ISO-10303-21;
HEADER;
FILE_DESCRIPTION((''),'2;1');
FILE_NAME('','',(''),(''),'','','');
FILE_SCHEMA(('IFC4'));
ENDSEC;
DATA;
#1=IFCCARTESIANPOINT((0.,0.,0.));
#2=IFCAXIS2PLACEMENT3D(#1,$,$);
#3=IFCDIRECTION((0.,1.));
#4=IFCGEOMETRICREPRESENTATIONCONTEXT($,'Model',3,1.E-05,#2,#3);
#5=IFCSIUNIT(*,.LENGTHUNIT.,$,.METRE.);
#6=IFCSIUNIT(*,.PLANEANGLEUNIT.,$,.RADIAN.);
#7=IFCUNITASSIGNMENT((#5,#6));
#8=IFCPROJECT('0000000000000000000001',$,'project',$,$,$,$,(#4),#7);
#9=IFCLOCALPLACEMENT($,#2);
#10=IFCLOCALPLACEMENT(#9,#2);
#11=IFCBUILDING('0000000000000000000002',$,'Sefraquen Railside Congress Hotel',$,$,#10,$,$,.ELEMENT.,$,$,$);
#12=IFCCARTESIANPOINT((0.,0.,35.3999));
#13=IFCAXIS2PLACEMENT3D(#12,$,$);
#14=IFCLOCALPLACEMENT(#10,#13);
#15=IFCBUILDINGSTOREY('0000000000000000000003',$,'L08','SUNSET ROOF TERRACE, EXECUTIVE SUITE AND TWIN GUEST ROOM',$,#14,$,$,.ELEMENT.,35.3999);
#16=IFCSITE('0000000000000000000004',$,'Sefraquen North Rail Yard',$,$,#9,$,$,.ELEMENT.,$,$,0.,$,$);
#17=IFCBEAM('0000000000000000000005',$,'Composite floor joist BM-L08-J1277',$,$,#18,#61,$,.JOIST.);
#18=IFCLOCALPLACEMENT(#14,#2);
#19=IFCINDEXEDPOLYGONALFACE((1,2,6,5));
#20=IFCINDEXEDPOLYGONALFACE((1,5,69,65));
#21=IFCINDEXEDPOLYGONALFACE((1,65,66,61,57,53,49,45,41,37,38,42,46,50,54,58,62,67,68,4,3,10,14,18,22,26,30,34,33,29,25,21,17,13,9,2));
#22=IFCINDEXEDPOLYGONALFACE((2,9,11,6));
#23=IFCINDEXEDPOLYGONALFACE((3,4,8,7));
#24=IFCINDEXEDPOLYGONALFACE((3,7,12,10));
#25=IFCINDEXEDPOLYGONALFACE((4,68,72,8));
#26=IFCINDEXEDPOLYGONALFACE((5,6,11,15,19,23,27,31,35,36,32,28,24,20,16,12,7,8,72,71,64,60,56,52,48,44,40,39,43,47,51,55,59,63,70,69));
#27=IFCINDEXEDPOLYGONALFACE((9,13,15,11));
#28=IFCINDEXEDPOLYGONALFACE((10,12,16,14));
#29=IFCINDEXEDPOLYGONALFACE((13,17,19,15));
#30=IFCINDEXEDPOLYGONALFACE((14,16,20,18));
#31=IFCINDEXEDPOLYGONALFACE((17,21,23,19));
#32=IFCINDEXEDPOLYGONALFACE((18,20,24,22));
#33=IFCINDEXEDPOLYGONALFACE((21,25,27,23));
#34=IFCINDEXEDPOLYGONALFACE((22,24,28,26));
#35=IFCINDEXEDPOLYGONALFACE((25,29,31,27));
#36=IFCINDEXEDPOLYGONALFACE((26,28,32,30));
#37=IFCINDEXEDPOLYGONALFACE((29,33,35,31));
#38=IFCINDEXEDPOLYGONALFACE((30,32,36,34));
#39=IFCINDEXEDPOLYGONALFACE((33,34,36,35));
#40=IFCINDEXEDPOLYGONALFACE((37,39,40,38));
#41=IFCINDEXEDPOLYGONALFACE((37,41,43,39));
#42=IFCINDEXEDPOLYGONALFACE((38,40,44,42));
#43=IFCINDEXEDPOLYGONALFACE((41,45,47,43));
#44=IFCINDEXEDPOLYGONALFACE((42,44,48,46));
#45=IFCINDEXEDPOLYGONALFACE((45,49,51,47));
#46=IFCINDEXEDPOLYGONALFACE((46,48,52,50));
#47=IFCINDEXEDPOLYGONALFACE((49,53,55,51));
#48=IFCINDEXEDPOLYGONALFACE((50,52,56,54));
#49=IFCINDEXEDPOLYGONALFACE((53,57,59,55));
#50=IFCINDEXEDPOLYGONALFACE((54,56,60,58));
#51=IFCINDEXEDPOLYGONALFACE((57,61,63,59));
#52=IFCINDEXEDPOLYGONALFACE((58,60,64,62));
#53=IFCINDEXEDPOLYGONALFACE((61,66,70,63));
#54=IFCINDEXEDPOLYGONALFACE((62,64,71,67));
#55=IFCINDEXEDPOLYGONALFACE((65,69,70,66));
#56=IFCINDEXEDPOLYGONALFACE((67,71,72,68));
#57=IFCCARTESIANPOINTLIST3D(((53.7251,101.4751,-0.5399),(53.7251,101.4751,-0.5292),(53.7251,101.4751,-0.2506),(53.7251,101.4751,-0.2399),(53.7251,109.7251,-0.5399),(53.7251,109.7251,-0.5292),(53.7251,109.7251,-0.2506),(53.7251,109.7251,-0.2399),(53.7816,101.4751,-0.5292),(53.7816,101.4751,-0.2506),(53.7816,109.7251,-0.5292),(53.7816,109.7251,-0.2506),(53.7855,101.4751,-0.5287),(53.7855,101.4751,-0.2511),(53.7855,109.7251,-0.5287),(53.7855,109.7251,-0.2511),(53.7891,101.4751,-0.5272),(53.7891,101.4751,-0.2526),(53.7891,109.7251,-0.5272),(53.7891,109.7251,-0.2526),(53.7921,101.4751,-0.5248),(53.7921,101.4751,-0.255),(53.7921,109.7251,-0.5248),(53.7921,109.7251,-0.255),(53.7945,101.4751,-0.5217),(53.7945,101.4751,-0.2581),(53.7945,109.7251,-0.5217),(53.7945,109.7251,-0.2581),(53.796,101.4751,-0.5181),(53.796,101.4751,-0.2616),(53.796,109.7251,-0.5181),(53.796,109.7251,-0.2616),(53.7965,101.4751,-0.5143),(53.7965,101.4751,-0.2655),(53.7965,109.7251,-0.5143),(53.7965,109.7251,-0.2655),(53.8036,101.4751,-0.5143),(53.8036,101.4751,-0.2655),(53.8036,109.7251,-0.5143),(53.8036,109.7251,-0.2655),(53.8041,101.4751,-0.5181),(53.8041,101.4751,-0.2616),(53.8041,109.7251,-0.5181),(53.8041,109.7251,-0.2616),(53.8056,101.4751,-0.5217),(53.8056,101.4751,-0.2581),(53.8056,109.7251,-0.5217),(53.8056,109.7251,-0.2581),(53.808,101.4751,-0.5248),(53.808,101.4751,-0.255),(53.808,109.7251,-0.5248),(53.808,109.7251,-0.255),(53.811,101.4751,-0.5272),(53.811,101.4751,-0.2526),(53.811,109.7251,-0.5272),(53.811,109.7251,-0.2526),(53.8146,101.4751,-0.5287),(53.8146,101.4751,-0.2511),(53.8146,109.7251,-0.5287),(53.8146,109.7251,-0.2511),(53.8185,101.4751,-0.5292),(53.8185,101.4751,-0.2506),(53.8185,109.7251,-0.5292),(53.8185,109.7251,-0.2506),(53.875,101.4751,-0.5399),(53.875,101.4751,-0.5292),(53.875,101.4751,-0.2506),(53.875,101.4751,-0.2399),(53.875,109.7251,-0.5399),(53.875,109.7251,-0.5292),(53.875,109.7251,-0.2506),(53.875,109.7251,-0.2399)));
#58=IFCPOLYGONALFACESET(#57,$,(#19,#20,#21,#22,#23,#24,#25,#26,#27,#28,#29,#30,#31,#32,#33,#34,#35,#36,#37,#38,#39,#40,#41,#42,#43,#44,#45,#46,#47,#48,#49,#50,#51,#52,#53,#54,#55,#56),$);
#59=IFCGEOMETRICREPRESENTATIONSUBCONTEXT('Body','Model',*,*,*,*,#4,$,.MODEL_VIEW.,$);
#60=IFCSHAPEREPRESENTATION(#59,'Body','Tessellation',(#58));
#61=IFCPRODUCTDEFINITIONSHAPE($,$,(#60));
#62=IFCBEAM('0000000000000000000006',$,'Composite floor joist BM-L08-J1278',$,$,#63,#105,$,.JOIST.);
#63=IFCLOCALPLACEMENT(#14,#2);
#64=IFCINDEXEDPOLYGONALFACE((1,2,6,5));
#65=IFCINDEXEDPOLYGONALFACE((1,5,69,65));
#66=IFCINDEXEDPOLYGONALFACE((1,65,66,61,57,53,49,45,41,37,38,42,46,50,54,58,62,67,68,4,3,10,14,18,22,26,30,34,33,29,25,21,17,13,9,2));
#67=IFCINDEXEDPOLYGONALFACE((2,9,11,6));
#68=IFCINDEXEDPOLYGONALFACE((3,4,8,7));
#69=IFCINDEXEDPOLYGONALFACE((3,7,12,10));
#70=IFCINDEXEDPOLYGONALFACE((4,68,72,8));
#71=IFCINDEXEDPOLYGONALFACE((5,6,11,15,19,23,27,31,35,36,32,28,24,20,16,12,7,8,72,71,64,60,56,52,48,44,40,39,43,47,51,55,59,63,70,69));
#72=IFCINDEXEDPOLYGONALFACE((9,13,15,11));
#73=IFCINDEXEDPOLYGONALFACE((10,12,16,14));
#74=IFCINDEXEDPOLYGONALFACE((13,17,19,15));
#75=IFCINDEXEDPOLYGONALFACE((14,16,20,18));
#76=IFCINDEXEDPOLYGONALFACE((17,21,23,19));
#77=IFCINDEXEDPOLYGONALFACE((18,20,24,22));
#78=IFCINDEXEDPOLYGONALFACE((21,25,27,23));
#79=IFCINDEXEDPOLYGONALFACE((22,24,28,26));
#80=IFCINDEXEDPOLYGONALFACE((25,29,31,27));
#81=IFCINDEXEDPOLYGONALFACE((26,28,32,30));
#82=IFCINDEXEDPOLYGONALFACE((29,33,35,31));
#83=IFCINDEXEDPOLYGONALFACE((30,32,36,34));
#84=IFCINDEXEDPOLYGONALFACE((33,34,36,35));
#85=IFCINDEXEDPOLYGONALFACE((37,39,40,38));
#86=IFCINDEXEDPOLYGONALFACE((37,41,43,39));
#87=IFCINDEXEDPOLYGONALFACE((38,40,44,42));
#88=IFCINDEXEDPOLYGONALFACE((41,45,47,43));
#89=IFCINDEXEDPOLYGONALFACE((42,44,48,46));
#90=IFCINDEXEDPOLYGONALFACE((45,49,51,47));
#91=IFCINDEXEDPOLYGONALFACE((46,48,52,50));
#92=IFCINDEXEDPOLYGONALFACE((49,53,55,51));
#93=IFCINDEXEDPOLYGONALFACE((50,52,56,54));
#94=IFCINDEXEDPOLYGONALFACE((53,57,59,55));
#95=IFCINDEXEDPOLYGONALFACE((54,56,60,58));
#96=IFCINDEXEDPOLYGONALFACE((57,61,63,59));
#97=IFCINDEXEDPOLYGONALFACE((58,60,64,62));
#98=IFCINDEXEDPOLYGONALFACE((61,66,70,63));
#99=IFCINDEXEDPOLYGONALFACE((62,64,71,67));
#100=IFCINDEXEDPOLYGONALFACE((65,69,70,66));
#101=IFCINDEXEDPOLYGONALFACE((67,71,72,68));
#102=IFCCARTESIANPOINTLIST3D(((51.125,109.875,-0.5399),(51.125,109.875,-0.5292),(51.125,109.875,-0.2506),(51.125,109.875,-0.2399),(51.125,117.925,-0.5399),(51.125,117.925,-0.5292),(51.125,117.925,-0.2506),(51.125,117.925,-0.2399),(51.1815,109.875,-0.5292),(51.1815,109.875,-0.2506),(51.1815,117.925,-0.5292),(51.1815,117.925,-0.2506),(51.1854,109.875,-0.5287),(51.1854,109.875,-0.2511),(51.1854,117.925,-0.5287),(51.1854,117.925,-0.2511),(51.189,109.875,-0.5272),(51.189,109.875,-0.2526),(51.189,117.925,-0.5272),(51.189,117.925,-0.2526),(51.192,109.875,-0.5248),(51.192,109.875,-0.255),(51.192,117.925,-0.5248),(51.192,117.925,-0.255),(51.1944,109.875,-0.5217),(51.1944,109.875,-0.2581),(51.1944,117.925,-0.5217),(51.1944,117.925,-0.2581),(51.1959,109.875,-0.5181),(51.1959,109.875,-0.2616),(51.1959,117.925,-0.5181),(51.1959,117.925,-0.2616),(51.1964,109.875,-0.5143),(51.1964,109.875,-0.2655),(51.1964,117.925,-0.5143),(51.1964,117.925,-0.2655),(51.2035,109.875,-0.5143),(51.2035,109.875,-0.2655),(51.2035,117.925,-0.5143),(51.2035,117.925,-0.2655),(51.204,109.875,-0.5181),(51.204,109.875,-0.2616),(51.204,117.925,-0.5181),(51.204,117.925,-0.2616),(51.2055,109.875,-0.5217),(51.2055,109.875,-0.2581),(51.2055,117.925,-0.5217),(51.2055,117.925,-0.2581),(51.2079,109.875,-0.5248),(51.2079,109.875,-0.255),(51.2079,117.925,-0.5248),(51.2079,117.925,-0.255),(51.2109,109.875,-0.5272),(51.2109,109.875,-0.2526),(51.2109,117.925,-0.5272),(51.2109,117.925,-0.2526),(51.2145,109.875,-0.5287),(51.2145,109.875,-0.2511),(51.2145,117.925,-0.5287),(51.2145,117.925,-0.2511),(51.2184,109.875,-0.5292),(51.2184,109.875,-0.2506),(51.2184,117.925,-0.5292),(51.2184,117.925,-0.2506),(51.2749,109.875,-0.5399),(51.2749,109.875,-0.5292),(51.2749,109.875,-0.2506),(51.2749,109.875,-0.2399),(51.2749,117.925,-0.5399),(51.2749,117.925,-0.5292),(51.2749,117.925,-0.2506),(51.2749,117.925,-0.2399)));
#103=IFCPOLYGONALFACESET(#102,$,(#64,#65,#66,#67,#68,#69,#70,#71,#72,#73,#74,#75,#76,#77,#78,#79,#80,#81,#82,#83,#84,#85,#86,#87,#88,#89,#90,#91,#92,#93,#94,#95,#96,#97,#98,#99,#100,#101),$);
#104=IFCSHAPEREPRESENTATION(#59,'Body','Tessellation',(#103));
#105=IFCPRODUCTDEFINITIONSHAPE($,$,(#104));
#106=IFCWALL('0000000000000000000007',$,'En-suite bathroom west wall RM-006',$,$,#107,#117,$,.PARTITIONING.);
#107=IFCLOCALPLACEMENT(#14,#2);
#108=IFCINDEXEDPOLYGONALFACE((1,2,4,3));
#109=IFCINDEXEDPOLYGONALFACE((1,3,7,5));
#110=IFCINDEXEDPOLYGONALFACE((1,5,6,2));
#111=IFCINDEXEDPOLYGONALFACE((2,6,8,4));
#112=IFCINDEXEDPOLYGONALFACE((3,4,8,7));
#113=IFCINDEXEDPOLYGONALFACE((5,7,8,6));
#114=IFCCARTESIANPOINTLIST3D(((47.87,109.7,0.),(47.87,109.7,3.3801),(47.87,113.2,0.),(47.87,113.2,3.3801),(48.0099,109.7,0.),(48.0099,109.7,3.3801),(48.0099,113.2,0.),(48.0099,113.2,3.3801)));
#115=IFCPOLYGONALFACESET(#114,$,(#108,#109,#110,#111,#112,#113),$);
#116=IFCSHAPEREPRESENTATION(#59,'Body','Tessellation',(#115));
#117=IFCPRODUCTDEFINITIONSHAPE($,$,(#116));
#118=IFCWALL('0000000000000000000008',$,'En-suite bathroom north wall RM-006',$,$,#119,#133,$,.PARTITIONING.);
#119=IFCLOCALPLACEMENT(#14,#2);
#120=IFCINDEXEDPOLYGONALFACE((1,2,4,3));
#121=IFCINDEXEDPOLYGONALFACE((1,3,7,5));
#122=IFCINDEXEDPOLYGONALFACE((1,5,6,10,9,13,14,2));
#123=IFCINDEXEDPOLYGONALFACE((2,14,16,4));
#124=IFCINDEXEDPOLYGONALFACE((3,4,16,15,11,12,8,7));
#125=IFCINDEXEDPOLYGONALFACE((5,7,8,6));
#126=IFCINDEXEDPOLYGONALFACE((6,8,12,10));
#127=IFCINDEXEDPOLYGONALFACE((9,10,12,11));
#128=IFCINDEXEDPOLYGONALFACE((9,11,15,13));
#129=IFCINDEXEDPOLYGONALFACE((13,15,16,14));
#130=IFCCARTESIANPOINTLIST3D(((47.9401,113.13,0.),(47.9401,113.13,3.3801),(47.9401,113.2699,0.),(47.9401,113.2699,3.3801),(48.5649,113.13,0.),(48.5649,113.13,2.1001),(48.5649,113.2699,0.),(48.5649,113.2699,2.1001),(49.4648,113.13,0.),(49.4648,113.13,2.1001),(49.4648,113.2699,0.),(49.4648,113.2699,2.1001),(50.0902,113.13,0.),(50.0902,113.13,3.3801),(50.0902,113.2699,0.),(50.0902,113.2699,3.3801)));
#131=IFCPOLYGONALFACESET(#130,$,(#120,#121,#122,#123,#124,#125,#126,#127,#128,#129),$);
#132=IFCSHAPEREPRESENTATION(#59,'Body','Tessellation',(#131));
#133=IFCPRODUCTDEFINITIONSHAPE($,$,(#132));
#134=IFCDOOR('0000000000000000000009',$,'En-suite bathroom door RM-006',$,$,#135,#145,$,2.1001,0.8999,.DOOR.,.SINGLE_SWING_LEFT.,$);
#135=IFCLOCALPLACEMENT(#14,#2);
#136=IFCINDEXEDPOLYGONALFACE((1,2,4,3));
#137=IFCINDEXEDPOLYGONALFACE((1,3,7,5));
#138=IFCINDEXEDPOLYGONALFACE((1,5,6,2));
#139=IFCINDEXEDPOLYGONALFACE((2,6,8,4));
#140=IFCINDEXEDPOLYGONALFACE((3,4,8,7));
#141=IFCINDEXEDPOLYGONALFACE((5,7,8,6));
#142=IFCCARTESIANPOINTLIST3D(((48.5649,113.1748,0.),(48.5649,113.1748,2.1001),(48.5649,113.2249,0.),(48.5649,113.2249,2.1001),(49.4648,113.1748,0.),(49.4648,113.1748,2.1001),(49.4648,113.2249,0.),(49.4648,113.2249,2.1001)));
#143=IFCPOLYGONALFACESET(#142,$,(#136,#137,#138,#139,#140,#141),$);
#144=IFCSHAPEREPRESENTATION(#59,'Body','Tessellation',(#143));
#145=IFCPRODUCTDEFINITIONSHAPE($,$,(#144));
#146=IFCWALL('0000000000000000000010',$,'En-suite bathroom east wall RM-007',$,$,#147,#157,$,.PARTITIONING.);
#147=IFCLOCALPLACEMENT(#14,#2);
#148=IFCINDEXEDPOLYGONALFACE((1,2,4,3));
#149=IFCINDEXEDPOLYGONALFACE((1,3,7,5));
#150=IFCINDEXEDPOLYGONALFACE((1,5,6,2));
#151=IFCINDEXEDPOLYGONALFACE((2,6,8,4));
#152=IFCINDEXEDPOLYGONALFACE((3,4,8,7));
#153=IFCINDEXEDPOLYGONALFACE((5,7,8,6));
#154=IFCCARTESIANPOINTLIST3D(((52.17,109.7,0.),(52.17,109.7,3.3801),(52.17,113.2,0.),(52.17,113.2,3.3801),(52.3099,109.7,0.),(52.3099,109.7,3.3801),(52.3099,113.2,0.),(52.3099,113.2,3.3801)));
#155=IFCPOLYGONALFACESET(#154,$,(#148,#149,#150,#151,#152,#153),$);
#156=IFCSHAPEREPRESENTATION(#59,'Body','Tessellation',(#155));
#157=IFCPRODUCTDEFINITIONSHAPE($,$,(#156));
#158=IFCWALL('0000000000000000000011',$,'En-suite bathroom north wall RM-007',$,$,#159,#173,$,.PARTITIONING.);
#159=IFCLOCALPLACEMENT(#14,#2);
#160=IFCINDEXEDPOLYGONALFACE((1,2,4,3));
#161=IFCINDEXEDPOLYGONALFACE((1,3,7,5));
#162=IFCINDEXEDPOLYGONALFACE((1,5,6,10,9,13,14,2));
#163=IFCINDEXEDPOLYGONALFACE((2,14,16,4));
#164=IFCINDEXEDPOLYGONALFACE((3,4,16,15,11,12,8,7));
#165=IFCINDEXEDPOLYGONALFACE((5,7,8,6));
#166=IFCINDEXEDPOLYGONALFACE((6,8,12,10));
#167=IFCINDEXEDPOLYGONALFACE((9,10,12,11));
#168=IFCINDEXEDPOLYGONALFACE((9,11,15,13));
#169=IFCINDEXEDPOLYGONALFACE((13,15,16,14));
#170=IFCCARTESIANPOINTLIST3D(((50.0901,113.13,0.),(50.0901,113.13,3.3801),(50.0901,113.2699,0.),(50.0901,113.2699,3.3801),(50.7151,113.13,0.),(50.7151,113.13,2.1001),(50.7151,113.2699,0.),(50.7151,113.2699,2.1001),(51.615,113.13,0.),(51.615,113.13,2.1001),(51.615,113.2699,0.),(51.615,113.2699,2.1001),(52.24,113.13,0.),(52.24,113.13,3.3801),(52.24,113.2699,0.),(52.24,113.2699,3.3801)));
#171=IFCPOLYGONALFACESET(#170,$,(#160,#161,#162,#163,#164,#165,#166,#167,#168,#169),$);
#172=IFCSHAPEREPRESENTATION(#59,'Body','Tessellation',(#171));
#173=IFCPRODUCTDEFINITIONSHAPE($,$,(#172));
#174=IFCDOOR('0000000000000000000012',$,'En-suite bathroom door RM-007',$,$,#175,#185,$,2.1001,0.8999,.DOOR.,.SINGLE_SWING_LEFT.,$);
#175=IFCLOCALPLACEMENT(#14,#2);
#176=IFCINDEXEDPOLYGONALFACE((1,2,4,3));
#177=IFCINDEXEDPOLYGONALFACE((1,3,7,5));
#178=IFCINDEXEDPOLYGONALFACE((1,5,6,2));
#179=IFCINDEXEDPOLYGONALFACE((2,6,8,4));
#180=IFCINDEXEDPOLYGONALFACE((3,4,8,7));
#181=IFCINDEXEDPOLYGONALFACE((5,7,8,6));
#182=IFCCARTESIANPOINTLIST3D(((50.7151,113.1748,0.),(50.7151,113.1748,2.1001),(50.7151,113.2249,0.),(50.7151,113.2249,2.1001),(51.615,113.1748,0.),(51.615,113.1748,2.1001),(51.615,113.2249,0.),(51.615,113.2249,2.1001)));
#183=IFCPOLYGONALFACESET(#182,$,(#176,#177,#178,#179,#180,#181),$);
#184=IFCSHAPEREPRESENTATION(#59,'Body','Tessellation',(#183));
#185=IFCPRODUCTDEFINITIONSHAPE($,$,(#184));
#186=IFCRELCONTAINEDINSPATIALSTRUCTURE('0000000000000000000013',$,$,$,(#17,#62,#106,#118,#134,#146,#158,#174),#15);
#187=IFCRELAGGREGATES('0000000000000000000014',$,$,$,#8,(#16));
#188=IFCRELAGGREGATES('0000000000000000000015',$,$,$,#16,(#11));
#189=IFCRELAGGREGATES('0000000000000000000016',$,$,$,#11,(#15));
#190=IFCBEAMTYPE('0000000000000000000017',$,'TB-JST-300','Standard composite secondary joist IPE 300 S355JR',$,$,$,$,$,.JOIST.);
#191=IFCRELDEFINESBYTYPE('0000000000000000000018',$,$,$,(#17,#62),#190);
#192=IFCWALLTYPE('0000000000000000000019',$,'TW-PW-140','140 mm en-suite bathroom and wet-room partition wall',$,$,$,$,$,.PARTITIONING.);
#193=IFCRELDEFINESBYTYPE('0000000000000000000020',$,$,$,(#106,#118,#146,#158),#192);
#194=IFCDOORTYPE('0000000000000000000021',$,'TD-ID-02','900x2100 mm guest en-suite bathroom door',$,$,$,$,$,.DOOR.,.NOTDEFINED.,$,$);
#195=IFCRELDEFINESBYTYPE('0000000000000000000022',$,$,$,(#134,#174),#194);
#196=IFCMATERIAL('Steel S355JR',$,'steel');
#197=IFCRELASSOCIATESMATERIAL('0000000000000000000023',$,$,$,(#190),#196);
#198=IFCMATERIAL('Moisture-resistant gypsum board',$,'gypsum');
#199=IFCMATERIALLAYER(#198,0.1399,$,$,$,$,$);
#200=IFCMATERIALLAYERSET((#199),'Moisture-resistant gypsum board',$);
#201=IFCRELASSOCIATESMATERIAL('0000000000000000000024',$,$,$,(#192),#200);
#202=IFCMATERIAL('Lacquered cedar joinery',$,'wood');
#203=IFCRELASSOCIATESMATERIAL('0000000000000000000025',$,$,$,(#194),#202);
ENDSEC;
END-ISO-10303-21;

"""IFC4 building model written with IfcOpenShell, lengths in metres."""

from ifc_helpers import new_model, si_unit, direction, frame, frame_2d, origin, origin_2d, place, context, subcontext, project, spatial, rectangle, i_section, extrude, material, layer, layer_set, material_profile, profile_set, type_object, element, fill, save


model = new_model("IFC4")

# Units and contexts
model_context = context("Model", 3, precision=1e-05, world=origin(), true_north=direction((0.0, 1.0)))
body_context = subcontext(model_context, "Body", "Model", "MODEL_VIEW")
ifc_project = project(units=[si_unit("LENGTHUNIT", "METRE"), si_unit("PLANEANGLEUNIT", "RADIAN")], contexts=[model_context])

# Site, building, storey
site_placement = place(None, origin())
site = spatial("IfcSite", under=ifc_project, at=site_placement, Name="Sefraquen North Rail Yard", CompositionType="ELEMENT", RefElevation=0.0)
building_placement = place(site_placement, origin())
building = spatial("IfcBuilding", under=site, at=building_placement, Name="Sefraquen Railside Congress Hotel", CompositionType="ELEMENT")
storey_placement = place(building_placement, frame((0.0, 0.0, 35.3999)))
storey = spatial("IfcBuildingStorey", under=building, at=storey_placement, Name="L08", Description="SUNSET ROOF TERRACE, EXECUTIVE SUITE AND TWIN GUEST ROOM", CompositionType="ELEMENT", Elevation=35.3999)

# Shared definitions
ifc_material_1 = material(Name="Steel S355JR", Category="steel")

# Beams
ifc_material_profile_1 = material_profile(ifc_material_1, i_section(OverallWidth=0.1499, OverallDepth=0.3, WebThickness=0.0071, FlangeThickness=0.0107, FilletRadius=0.0149, at=origin_2d()), Name="IPE 300")
ifc_profile_set_1 = profile_set([ifc_material_profile_1], Name="Steel S355JR")
beam_type_1 = type_object("IfcBeamType", Name="TB-JST-300", Description="Standard composite secondary joist IPE 300 S355JR", PredefinedType="JOIST", material=ifc_profile_set_1)
for number, where, z_axis, x_axis, name in (
    (1, (53.8, 101.4751, -0.3899), (0.0, 1.0, 0.0), (-1.0, 0.0, 0.0), "Composite floor joist BM-L08-J1277"),
):
    element("IfcBeam", number, at=place(storey_placement, frame(where, z_axis=z_axis, x_axis=x_axis)), inside=storey, type_object=beam_type_1, Name=name, PredefinedType="JOIST", context=body_context, shape_type="SweptSolid", body=[
        extrude(i_section(OverallWidth=0.1499, OverallDepth=0.3, WebThickness=0.0071, FlangeThickness=0.0107, FilletRadius=0.0149, at=origin_2d()), origin(), (0.0, 0.0, 1.0), 8.25),
    ])
beam_1_placement = place(storey_placement, frame((51.2, 109.875, -0.3899), z_axis=(0.0, 1.0, 0.0), x_axis=(-1.0, 0.0, 0.0)))
element("IfcBeam", 2, at=beam_1_placement, inside=storey, type_object=beam_type_1, Name="Composite floor joist BM-L08-J1278", PredefinedType="JOIST", context=body_context, shape_type="SweptSolid", body=[
    extrude(i_section(OverallWidth=0.1499, OverallDepth=0.3, WebThickness=0.0071, FlangeThickness=0.0107, FilletRadius=0.0149, at=origin_2d()), origin(), (0.0, 0.0, 1.0), 8.05),
])

# Wall
ifc_material_2 = material(Name="Moisture-resistant gypsum board", Category="gypsum")
ifc_layer_1 = layer(ifc_material_2, 0.1399)
ifc_layer_set_1 = layer_set([ifc_layer_1], Name="Moisture-resistant gypsum board")
wall_type_1 = type_object("IfcWallType", Name="TW-PW-140", Description="140 mm en-suite bathroom and wet-room partition wall", PredefinedType="PARTITIONING", material=ifc_layer_set_1)
wall_1_placement = place(storey_placement, frame((47.9399, 109.7, 0.0), z_axis=(0.0, 0.0, 1.0), x_axis=(0.0, 1.0, 0.0)))
element("IfcWall", 3, at=wall_1_placement, inside=storey, type_object=wall_type_1, Name="En-suite bathroom west wall RM-006", PredefinedType="PARTITIONING", context=body_context, shape_type="SweptSolid", body=[
    extrude(rectangle(XDim=3.5, YDim=0.1399, at=frame_2d((1.75, 0.0))), origin(), (0.0, 0.0, 1.0), 3.3801),
])

# Wall, opening, door
wall_2_placement = place(storey_placement, frame((47.9399, 113.2, 0.0), z_axis=(0.0, 0.0, 1.0), x_axis=(1.0, 0.0, 0.0)))
wall_2 = element("IfcWall", 4, at=wall_2_placement, inside=storey, type_object=wall_type_1, Name="En-suite bathroom north wall RM-006", PredefinedType="PARTITIONING", context=body_context, shape_type="SweptSolid", body=[
    extrude(rectangle(XDim=2.1501, YDim=0.1399, at=frame_2d((1.0752, 0.0))), origin(), (0.0, 0.0, 1.0), 3.3801),
])
opening_1_placement = place(wall_2_placement, frame((0.625, 0.0, 0.0)))
opening_1 = element("IfcOpeningElement", 5, at=opening_1_placement, cuts=wall_2, PredefinedType="OPENING", context=body_context, shape_type="SweptSolid", body=[
    extrude(rectangle(XDim=0.8999, YDim=2.1001, at=frame_2d((0.45, 1.05))), frame((0.0, 0.0798, 0.0), z_axis=(0.0, -1.0, 0.0), x_axis=(1.0, 0.0, 0.0)), (0.0, 0.0, 1.0), 0.1599),
])
ifc_material_3 = material(Name="Lacquered cedar joinery", Category="wood")
door_type = type_object("IfcDoorType", Name="TD-ID-02", Description="900x2100 mm guest en-suite bathroom door", OperationType="NOTDEFINED", PredefinedType="DOOR", material=ifc_material_3)
door_1_placement = place(opening_1_placement, origin())
door_1 = element("IfcDoor", 6, at=door_1_placement, inside=storey, type_object=door_type, Name="En-suite bathroom door RM-006", OperationType="SINGLE_SWING_LEFT", OverallHeight=2.1001, OverallWidth=0.8999, PredefinedType="DOOR", context=body_context, shape_type="SweptSolid", body=[
    extrude(rectangle(XDim=0.8999, YDim=2.1001, at=frame_2d((0.45, 1.05))), frame((0.0, 0.0249, 0.0), z_axis=(0.0, -1.0, 0.0), x_axis=(1.0, 0.0, 0.0)), (0.0, 0.0, 1.0), 0.05),
])
fill(opening_1, door_1)

# Wall
wall_3_placement = place(storey_placement, frame((52.24, 109.7, 0.0), z_axis=(0.0, 0.0, 1.0), x_axis=(0.0, 1.0, 0.0)))
element("IfcWall", 7, at=wall_3_placement, inside=storey, type_object=wall_type_1, Name="En-suite bathroom east wall RM-007", PredefinedType="PARTITIONING", context=body_context, shape_type="SweptSolid", body=[
    extrude(rectangle(XDim=3.5, YDim=0.1399, at=frame_2d((1.75, 0.0))), origin(), (0.0, 0.0, 1.0), 3.3801),
])

# Wall, opening, door
wall_4_placement = place(storey_placement, frame((50.0901, 113.2, 0.0), z_axis=(0.0, 0.0, 1.0), x_axis=(1.0, 0.0, 0.0)))
wall_4 = element("IfcWall", 8, at=wall_4_placement, inside=storey, type_object=wall_type_1, Name="En-suite bathroom north wall RM-007", PredefinedType="PARTITIONING", context=body_context, shape_type="SweptSolid", body=[
    extrude(rectangle(XDim=2.1499, YDim=0.1399, at=frame_2d((1.075, 0.0))), origin(), (0.0, 0.0, 1.0), 3.3801),
])
opening_2_placement = place(wall_4_placement, frame((0.625, 0.0, 0.0)))
opening_2 = element("IfcOpeningElement", 9, at=opening_2_placement, cuts=wall_4, PredefinedType="OPENING", context=body_context, shape_type="SweptSolid", body=[
    extrude(rectangle(XDim=0.8999, YDim=2.1001, at=frame_2d((0.45, 1.05))), frame((0.0, 0.0798, 0.0), z_axis=(0.0, -1.0, 0.0), x_axis=(1.0, 0.0, 0.0)), (0.0, 0.0, 1.0), 0.1599),
])
door_2_placement = place(opening_2_placement, origin())
door_2 = element("IfcDoor", 10, at=door_2_placement, inside=storey, type_object=door_type, Name="En-suite bathroom door RM-007", OperationType="SINGLE_SWING_LEFT", OverallHeight=2.1001, OverallWidth=0.8999, PredefinedType="DOOR", context=body_context, shape_type="SweptSolid", body=[
    extrude(rectangle(XDim=0.8999, YDim=2.1001, at=frame_2d((0.45, 1.05))), frame((0.0, 0.0249, 0.0), z_axis=(0.0, -1.0, 0.0), x_axis=(1.0, 0.0, 0.0)), (0.0, 0.0, 1.0), 0.05),
])
fill(opening_2, door_2)

save(model, "model.ifc")
